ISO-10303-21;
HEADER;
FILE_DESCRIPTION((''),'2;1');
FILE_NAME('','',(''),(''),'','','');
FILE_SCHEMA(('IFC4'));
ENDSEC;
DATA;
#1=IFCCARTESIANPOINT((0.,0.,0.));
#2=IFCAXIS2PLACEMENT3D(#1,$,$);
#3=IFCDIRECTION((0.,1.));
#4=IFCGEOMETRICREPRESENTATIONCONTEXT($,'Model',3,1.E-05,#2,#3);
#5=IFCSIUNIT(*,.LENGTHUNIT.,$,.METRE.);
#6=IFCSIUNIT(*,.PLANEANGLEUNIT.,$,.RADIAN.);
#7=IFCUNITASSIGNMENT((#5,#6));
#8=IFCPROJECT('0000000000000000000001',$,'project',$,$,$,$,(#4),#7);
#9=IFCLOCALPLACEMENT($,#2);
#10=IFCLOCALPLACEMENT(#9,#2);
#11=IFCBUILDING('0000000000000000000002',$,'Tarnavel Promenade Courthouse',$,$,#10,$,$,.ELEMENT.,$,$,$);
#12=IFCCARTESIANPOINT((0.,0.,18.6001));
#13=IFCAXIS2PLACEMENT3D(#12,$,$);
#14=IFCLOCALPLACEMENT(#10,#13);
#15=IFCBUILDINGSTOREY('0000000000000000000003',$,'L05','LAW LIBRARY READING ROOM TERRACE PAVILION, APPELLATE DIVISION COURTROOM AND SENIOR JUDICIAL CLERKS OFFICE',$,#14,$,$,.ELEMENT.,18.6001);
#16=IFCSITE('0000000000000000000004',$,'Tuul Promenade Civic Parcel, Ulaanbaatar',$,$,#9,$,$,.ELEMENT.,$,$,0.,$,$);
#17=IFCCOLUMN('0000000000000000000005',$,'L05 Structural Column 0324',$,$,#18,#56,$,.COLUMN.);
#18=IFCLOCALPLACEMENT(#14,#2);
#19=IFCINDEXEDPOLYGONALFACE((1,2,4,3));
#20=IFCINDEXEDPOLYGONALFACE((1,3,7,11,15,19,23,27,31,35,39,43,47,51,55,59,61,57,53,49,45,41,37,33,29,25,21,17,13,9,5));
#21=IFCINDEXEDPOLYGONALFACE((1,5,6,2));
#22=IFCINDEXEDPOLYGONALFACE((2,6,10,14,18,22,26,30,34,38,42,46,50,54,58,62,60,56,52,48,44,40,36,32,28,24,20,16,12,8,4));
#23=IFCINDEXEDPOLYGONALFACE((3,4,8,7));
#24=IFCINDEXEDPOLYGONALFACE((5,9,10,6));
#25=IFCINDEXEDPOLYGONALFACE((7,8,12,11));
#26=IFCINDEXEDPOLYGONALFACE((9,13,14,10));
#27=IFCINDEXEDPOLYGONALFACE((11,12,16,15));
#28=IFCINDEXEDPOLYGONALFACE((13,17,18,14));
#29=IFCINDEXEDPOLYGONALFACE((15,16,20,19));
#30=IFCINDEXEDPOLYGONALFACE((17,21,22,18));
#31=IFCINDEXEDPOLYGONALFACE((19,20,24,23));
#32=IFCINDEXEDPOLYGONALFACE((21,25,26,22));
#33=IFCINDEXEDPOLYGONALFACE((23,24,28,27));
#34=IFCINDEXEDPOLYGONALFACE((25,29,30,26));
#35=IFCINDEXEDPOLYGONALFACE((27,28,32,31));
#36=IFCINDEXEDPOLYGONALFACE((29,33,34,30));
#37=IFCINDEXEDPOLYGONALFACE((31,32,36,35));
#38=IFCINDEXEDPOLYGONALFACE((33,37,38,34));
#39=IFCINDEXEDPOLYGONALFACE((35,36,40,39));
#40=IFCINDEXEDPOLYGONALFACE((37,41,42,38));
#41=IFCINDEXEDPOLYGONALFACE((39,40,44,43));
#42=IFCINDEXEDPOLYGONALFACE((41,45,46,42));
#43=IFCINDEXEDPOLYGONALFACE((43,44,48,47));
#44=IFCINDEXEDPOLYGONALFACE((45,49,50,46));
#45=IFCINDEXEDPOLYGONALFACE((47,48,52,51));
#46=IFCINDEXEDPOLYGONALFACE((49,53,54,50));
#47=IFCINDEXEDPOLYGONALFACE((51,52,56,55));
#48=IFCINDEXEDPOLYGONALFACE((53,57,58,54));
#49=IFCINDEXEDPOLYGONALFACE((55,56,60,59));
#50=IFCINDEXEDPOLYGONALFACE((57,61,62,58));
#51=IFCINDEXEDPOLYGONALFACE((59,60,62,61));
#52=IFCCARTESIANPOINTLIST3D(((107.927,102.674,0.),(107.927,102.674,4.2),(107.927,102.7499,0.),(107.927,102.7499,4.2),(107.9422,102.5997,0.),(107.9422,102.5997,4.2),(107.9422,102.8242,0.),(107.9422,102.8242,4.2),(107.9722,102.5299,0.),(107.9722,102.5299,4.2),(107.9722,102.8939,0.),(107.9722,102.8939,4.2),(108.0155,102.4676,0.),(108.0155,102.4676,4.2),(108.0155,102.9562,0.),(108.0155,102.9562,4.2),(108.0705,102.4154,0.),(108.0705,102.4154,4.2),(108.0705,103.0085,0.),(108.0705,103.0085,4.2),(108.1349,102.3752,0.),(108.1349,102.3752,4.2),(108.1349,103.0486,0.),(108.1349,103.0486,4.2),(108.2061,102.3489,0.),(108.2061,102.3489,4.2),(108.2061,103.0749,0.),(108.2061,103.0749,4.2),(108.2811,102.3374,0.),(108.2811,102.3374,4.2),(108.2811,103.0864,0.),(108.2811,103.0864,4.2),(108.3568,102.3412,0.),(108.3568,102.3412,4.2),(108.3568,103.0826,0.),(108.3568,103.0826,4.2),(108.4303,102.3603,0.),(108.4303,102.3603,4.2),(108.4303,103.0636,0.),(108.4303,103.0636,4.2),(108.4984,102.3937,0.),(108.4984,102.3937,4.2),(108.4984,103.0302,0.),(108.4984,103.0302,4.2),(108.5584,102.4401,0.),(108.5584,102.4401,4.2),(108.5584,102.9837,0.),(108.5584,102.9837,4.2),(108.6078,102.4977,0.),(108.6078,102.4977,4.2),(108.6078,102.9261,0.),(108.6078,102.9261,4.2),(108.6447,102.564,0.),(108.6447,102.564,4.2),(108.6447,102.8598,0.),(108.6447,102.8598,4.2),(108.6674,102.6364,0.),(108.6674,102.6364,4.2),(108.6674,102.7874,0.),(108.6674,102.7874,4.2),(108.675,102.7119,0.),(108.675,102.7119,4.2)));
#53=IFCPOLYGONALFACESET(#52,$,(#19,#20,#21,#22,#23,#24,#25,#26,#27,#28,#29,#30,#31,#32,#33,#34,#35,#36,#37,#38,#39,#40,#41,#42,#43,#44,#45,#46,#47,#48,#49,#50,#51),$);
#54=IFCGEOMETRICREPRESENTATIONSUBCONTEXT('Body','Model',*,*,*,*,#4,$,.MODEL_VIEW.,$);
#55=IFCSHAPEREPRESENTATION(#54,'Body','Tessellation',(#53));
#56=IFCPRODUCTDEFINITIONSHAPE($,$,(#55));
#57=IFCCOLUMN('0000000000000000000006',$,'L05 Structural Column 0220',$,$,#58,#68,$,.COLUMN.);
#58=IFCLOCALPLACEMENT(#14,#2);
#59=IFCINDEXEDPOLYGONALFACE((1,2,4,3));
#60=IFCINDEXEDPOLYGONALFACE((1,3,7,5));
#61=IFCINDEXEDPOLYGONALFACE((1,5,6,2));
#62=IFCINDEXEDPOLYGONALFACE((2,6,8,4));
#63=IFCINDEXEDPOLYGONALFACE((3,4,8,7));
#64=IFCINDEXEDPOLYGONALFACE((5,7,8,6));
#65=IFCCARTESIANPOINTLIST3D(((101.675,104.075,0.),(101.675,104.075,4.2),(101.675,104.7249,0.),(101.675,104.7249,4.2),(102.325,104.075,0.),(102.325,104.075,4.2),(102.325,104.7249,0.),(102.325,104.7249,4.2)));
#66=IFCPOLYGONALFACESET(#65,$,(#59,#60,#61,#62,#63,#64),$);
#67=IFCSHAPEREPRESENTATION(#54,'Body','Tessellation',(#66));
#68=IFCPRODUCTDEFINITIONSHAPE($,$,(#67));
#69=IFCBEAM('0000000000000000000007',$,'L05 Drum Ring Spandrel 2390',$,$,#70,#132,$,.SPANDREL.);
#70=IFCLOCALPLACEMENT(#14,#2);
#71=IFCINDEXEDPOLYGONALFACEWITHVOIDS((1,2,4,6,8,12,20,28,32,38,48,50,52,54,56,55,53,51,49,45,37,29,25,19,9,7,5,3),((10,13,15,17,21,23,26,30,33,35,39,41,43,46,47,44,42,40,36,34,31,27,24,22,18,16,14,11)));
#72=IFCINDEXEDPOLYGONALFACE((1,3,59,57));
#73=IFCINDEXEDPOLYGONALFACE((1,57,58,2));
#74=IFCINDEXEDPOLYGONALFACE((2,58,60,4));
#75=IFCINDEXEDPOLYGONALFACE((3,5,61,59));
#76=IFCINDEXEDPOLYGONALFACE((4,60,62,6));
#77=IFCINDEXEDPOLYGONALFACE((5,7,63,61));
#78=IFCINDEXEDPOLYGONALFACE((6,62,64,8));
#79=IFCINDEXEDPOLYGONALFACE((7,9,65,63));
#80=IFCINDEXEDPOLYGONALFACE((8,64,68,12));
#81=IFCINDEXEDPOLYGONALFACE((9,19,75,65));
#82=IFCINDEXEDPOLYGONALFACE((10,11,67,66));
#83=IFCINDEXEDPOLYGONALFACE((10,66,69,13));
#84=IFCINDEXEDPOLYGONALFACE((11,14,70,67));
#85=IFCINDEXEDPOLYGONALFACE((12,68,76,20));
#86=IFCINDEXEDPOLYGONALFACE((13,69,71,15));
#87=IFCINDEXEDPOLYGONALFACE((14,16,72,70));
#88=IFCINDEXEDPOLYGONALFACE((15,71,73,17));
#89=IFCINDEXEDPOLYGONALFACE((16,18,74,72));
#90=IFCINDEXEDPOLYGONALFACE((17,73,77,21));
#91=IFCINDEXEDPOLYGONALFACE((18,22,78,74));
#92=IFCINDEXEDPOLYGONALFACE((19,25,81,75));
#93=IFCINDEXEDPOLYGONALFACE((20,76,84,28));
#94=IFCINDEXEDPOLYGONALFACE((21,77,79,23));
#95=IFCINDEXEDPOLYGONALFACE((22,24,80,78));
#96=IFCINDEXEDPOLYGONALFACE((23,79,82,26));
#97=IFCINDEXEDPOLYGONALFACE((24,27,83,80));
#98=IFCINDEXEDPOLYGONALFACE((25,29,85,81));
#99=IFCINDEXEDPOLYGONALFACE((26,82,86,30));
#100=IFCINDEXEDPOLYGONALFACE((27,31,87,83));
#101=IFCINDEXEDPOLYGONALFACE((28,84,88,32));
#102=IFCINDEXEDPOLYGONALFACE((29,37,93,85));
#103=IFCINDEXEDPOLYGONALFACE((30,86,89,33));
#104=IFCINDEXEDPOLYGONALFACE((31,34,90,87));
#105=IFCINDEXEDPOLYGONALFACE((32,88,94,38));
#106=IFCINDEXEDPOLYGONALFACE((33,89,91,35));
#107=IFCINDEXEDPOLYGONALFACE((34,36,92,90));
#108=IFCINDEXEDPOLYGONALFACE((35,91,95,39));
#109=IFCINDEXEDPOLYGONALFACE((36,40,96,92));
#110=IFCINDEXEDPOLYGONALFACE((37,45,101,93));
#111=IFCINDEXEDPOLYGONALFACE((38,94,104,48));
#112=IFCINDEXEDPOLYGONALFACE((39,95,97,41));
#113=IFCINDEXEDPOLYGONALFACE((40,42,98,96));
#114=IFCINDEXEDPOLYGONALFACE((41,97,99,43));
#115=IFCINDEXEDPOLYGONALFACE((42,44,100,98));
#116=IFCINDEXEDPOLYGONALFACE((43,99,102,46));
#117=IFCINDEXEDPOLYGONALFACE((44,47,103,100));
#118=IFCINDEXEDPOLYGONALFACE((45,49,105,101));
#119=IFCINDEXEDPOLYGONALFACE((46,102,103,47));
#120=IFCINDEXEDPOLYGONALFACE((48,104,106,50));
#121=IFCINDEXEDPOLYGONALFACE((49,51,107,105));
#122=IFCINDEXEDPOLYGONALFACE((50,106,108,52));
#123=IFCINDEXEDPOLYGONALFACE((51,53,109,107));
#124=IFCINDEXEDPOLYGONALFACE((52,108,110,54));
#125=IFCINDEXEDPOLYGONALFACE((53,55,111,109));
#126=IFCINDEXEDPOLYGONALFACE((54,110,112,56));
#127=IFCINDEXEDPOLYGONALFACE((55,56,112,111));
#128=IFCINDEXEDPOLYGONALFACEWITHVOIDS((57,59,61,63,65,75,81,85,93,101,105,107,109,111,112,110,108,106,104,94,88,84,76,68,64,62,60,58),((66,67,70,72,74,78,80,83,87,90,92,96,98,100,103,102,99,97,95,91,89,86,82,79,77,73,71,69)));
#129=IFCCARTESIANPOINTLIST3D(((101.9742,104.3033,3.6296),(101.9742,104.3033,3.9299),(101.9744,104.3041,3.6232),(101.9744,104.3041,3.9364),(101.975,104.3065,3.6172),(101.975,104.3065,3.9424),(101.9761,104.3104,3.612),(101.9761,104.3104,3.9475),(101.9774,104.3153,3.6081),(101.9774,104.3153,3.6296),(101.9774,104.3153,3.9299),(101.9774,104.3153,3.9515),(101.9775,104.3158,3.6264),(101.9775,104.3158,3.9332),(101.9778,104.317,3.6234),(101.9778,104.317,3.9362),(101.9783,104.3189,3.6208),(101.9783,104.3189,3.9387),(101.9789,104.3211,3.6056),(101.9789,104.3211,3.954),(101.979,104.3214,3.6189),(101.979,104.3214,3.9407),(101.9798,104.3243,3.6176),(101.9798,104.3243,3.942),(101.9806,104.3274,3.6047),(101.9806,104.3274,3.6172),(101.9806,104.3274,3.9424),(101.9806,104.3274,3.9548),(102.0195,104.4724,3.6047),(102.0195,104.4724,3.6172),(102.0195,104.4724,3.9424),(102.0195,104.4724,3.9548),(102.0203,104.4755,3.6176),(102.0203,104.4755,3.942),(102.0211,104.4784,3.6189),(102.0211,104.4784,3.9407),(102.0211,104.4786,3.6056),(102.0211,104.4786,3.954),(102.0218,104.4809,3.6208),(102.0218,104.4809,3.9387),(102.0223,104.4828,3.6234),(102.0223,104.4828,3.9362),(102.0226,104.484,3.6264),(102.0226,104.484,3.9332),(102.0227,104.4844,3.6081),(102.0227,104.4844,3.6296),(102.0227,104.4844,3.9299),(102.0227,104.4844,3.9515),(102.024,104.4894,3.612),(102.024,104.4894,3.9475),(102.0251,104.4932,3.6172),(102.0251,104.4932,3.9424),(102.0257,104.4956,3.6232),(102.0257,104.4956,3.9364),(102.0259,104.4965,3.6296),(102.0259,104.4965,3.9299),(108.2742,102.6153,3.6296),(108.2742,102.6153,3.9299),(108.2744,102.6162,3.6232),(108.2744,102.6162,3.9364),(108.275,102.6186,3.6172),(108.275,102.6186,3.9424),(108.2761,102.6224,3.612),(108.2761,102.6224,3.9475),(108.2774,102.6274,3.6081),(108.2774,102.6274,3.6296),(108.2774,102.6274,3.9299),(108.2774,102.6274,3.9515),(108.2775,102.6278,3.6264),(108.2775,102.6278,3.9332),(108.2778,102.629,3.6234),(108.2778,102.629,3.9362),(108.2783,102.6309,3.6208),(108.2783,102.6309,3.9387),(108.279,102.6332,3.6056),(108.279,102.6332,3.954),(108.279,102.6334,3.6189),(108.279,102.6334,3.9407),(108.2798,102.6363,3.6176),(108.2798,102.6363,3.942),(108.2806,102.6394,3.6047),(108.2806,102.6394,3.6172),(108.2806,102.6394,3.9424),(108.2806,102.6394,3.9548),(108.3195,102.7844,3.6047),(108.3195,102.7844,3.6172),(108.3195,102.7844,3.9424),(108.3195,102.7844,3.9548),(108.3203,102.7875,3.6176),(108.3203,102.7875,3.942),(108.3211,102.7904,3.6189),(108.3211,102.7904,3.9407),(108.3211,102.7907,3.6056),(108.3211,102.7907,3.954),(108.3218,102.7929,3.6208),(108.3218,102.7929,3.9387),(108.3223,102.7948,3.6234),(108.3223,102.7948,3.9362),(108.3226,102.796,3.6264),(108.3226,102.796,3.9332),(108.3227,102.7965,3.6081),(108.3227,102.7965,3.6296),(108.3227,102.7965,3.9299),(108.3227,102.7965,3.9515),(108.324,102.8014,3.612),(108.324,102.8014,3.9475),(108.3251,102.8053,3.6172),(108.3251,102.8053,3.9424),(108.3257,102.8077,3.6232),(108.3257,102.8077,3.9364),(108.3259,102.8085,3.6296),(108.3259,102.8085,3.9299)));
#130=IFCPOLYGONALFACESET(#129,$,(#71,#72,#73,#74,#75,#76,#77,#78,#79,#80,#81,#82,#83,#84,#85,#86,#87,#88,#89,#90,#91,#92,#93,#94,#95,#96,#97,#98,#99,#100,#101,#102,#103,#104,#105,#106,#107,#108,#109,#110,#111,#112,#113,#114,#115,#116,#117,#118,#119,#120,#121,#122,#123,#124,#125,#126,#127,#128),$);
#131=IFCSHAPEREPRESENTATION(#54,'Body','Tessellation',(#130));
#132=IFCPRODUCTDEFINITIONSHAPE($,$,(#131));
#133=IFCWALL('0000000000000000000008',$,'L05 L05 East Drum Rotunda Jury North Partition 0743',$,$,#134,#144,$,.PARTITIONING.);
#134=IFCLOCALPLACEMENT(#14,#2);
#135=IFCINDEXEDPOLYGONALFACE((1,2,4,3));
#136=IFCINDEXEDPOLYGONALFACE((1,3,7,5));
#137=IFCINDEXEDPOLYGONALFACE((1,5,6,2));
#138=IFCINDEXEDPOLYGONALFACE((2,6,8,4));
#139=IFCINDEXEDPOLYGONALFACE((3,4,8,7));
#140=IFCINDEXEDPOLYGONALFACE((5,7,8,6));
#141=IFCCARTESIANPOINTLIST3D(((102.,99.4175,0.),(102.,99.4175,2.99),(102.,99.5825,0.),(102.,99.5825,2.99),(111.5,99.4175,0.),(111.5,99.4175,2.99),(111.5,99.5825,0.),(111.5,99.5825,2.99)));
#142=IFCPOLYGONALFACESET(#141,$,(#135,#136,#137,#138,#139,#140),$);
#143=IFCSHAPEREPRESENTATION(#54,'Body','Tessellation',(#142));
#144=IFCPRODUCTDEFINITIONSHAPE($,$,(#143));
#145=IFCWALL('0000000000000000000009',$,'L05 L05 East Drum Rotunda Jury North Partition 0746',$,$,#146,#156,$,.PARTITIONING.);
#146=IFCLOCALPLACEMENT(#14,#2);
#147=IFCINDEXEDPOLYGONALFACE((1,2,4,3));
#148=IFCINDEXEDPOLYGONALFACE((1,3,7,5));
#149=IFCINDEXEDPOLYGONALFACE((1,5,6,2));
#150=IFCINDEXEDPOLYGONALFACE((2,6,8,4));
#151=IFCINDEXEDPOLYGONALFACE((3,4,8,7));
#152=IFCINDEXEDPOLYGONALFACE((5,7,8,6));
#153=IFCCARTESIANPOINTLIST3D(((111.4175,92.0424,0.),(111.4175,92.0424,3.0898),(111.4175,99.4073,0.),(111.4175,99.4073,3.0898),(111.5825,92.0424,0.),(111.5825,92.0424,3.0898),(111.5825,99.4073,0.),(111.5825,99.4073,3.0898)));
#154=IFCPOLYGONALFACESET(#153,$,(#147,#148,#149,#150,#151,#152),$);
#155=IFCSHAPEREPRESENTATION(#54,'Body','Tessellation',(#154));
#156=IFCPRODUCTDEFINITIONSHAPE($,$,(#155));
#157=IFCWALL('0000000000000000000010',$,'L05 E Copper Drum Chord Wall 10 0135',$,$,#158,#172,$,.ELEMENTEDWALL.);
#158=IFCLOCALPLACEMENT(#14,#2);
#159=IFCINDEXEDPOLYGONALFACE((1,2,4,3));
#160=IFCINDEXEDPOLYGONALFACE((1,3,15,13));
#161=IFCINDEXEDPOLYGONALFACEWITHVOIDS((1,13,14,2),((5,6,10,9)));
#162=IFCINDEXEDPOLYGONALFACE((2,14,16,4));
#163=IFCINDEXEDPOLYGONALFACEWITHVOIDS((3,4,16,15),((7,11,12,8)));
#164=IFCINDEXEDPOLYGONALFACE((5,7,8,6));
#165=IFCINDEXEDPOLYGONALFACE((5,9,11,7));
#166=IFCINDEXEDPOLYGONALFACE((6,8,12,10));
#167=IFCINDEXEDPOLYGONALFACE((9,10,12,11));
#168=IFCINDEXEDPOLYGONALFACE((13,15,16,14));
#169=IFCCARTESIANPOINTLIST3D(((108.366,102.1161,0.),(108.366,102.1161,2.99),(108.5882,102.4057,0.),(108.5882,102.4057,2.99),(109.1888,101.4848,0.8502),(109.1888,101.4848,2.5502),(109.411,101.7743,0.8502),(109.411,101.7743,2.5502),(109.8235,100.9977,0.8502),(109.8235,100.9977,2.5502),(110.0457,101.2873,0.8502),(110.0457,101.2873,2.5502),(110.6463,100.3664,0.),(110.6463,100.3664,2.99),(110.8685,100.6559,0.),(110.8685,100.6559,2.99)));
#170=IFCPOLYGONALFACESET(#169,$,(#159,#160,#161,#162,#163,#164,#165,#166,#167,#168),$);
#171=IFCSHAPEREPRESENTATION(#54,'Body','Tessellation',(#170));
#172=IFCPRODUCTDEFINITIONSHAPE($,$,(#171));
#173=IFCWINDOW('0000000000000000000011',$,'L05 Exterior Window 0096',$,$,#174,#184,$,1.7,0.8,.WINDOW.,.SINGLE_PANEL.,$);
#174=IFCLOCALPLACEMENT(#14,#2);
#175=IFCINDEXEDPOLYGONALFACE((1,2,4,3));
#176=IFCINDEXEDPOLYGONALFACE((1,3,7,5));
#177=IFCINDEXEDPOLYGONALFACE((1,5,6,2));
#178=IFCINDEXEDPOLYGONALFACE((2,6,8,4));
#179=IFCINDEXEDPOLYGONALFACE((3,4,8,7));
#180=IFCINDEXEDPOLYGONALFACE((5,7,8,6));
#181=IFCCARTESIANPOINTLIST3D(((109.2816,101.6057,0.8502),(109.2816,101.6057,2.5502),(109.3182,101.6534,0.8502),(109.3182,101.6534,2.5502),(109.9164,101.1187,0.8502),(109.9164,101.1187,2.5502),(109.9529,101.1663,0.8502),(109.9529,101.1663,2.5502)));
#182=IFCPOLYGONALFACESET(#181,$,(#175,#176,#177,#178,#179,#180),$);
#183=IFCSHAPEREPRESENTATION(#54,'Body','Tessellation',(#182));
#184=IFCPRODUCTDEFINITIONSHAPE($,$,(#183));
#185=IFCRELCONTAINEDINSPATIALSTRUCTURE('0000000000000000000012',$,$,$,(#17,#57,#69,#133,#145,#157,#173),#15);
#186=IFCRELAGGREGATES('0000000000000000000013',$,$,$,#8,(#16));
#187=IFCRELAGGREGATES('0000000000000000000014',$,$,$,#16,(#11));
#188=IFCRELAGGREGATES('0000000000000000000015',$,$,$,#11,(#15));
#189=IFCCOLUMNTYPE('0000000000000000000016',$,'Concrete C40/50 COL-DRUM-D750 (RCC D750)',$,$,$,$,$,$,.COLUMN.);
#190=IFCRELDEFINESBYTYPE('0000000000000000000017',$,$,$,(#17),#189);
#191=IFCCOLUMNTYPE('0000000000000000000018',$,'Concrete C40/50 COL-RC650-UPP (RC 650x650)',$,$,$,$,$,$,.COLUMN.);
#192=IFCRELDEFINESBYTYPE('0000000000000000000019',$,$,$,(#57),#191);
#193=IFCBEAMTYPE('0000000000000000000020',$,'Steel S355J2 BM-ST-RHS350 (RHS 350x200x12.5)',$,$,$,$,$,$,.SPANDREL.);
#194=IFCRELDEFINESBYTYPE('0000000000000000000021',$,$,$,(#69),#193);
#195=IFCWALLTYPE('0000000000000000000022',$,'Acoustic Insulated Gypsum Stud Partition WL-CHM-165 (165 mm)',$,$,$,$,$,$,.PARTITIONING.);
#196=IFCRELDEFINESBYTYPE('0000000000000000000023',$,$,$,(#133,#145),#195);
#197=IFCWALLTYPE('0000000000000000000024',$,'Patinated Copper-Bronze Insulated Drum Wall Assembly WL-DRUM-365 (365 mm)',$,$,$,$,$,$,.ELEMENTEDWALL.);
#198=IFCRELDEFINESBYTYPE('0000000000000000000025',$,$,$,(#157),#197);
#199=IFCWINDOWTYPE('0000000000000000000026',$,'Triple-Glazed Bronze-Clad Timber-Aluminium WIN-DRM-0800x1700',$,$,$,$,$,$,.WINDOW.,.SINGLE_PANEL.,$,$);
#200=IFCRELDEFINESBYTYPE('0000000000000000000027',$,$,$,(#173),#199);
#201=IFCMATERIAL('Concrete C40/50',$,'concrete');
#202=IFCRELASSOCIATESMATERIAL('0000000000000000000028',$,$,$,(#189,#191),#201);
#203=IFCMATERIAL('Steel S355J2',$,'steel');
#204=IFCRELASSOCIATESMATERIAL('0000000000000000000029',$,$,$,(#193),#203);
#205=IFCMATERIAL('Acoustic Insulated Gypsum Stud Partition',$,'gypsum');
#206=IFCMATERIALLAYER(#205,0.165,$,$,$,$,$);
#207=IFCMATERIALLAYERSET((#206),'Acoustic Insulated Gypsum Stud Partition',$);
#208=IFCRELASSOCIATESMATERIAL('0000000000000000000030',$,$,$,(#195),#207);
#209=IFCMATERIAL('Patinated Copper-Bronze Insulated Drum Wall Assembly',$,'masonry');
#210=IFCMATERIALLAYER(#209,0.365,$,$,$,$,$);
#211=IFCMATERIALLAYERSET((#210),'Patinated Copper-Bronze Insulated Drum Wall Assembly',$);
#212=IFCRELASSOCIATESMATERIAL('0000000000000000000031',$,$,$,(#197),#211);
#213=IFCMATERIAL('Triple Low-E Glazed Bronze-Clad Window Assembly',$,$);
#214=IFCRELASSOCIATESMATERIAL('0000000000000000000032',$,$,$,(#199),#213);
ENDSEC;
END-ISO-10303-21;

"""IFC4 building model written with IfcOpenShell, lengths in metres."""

from ifc_helpers import new_model, si_unit, direction, frame, frame_2d, origin, origin_2d, place, context, subcontext, project, spatial, rectangle, hollow_rectangle, circle, extrude, material, layer, layer_set, material_profile, profile_set, type_object, element, fill, save


model = new_model("IFC4")

# Units and contexts
model_context = context("Model", 3, precision=1e-05, world=origin(), true_north=direction((0.0, 1.0)))
body_context = subcontext(model_context, "Body", "Model", "MODEL_VIEW")
ifc_project = project(units=[si_unit("LENGTHUNIT", "METRE"), si_unit("PLANEANGLEUNIT", "RADIAN")], contexts=[model_context])

# Site, building, storey
site_placement = place(None, origin())
site = spatial("IfcSite", under=ifc_project, at=site_placement, Name="Tuul Promenade Civic Parcel, Ulaanbaatar", CompositionType="ELEMENT", RefElevation=0.0)
building_placement = place(site_placement, origin())
building = spatial("IfcBuilding", under=site, at=building_placement, Name="Tarnavel Promenade Courthouse", CompositionType="ELEMENT")
storey_placement = place(building_placement, frame((0.0, 0.0, 18.6001)))
storey = spatial("IfcBuildingStorey", under=building, at=storey_placement, Name="L05", Description="LAW LIBRARY READING ROOM TERRACE PAVILION, APPELLATE DIVISION COURTROOM AND SENIOR JUDICIAL CLERKS OFFICE", CompositionType="ELEMENT", Elevation=18.6001)

# Columns
ifc_material_1 = material(Name="Concrete C40/50", Category="concrete")
ifc_material_profile_1 = material_profile(ifc_material_1, circle(Radius=0.375, at=origin_2d()), Name="RCC D750")
ifc_profile_set_1 = profile_set([ifc_material_profile_1], Name="Concrete C40/50")
column_type_1 = type_object("IfcColumnType", Name="Concrete C40/50 COL-DRUM-D750 (RCC D750)", PredefinedType="COLUMN", material=ifc_profile_set_1)
column_1_placement = place(storey_placement, frame((108.3, 102.7119, 0.0), z_axis=(0.0, 0.0, 1.0), x_axis=(1.0, 0.0, 0.0)))
element("IfcColumn", 1, at=column_1_placement, inside=storey, type_object=column_type_1, Name="L05 Structural Column 0324", PredefinedType="COLUMN", context=body_context, shape_type="SweptSolid", body=[
    extrude(circle(Radius=0.375, at=origin_2d()), origin(), (0.0, 0.0, 1.0), 4.2),
])
ifc_material_profile_2 = material_profile(ifc_material_1, rectangle(XDim=0.6499, YDim=0.6499, at=origin_2d()), Name="RC 650x650")
ifc_profile_set_2 = profile_set([ifc_material_profile_2], Name="Concrete C40/50")
column_type_2 = type_object("IfcColumnType", Name="Concrete C40/50 COL-RC650-UPP (RC 650x650)", PredefinedType="COLUMN", material=ifc_profile_set_2)
column_2_placement = place(storey_placement, frame((102.0, 104.3999, 0.0), z_axis=(0.0, 0.0, 1.0), x_axis=(1.0, 0.0, 0.0)))
element("IfcColumn", 2, at=column_2_placement, inside=storey, type_object=column_type_2, Name="L05 Structural Column 0220", PredefinedType="COLUMN", context=body_context, shape_type="SweptSolid", body=[
    extrude(rectangle(XDim=0.6499, YDim=0.6499, at=origin_2d()), origin(), (0.0, 0.0, 1.0), 4.2),
])

# Beam
ifc_material_2 = material(Name="Steel S355J2", Category="steel")
ifc_material_profile_3 = material_profile(ifc_material_2, hollow_rectangle(XDim=0.2, YDim=0.3501, WallThickness=0.0125, InnerFilletRadius=0.0125, OuterFilletRadius=0.0249, at=origin_2d()), Name="RHS 350x200x12.5")
ifc_profile_set_3 = profile_set([ifc_material_profile_3], Name="Steel S355J2")
beam_type = type_object("IfcBeamType", Name="Steel S355J2 BM-ST-RHS350 (RHS 350x200x12.5)", PredefinedType="SPANDREL", material=ifc_profile_set_3)
beam_placement = place(storey_placement, frame((108.3, 102.7119, 3.7798), z_axis=(-0.96593, 0.258804, 0.0), x_axis=(-0.258804, -0.96593, 0.0)))
element("IfcBeam", 3, at=beam_placement, inside=storey, type_object=beam_type, Name="L05 Drum Ring Spandrel 2390", PredefinedType="SPANDREL", context=body_context, shape_type="SweptSolid", body=[
    extrude(hollow_rectangle(XDim=0.2, YDim=0.3501, WallThickness=0.0125, InnerFilletRadius=0.0125, OuterFilletRadius=0.0249, at=origin_2d()), origin(), (0.0, 0.0, 1.0), 6.5222),
])

# Walls
ifc_material_3 = material(Name="Acoustic Insulated Gypsum Stud Partition", Category="gypsum")
ifc_layer_1 = layer(ifc_material_3, 0.165)
ifc_layer_set_1 = layer_set([ifc_layer_1], Name="Acoustic Insulated Gypsum Stud Partition")
wall_type_1 = type_object("IfcWallType", Name="Acoustic Insulated Gypsum Stud Partition WL-CHM-165 (165 mm)", PredefinedType="PARTITIONING", material=ifc_layer_set_1)
wall_1_placement = place(storey_placement, frame((102.0, 99.5, 0.0), z_axis=(0.0, 0.0, 1.0), x_axis=(1.0, 0.0, 0.0)))
element("IfcWall", 4, at=wall_1_placement, inside=storey, type_object=wall_type_1, Name="L05 L05 East Drum Rotunda Jury North Partition 0743", PredefinedType="PARTITIONING", context=body_context, shape_type="SweptSolid", body=[
    extrude(rectangle(XDim=9.5, YDim=0.165, at=frame_2d((4.75, 0.0))), origin(), (0.0, 0.0, 1.0), 2.99),
])
wall_2_placement = place(storey_placement, frame((111.5, 99.4075, 0.0), z_axis=(0.0, 0.0, 1.0), x_axis=(0.0, -1.0, 0.0)))
element("IfcWall", 5, at=wall_2_placement, inside=storey, type_object=wall_type_1, Name="L05 L05 East Drum Rotunda Jury North Partition 0746", PredefinedType="PARTITIONING", context=body_context, shape_type="SweptSolid", body=[
    extrude(rectangle(XDim=7.365, YDim=0.165, at=frame_2d((3.6826, 0.0))), origin(), (0.0, 0.0, 1.0), 3.0898),
])

# Wall, opening, window
ifc_material_4 = material(Name="Patinated Copper-Bronze Insulated Drum Wall Assembly", Category="masonry")
ifc_layer_2 = layer(ifc_material_4, 0.365)
ifc_layer_set_2 = layer_set([ifc_layer_2], Name="Patinated Copper-Bronze Insulated Drum Wall Assembly")
wall_type_2 = type_object("IfcWallType", Name="Patinated Copper-Bronze Insulated Drum Wall Assembly WL-DRUM-365 (365 mm)", PredefinedType="ELEMENTEDWALL", material=ifc_layer_set_2)
wall_3_placement = place(storey_placement, frame((110.7573, 100.5112, 0.0), z_axis=(0.0, 0.0, 1.0), x_axis=(-0.793347, 0.60877, 0.0)))
wall_3 = element("IfcWall", 6, at=wall_3_placement, inside=storey, type_object=wall_type_2, Name="L05 E Copper Drum Chord Wall 10 0135", PredefinedType="ELEMENTEDWALL", context=body_context, shape_type="SweptSolid", body=[
    extrude(rectangle(XDim=2.8743, YDim=0.365, at=frame_2d((1.437, 0.0))), origin(), (0.0, 0.0, 1.0), 2.99),
])
opening_1_placement = place(wall_3_placement, frame((1.0371, 0.0, 0.8501)))
opening_1 = element("IfcOpeningElement", 7, at=opening_1_placement, cuts=wall_3, PredefinedType="OPENING", context=body_context, shape_type="SweptSolid", body=[
    extrude(rectangle(XDim=0.8, YDim=1.7, at=frame_2d((0.3999, 0.8501))), frame((0.0, 0.1924, 0.0), z_axis=(0.0, -1.0, 0.0), x_axis=(1.0, 0.0, 0.0)), (0.0, 0.0, 1.0), 0.385),
])
ifc_material_5 = material(Name="Triple Low-E Glazed Bronze-Clad Window Assembly")
window_type = type_object("IfcWindowType", Name="Triple-Glazed Bronze-Clad Timber-Aluminium WIN-DRM-0800x1700", PartitioningType="SINGLE_PANEL", PredefinedType="WINDOW", material=ifc_material_5)
window_1_placement = place(opening_1_placement, origin())
window_1 = element("IfcWindow", 8, at=window_1_placement, inside=storey, type_object=window_type, Name="L05 Exterior Window 0096", OverallHeight=1.7, OverallWidth=0.8, PartitioningType="SINGLE_PANEL", PredefinedType="WINDOW", context=body_context, shape_type="SweptSolid", body=[
    extrude(rectangle(XDim=0.8, YDim=1.7, at=frame_2d((0.3999, 0.8501))), frame((0.0, 0.03, 0.0), z_axis=(0.0, -1.0, 0.0), x_axis=(1.0, 0.0, 0.0)), (0.0, 0.0, 1.0), 0.0601),
])
fill(opening_1, window_1)

save(model, "model.ifc")
